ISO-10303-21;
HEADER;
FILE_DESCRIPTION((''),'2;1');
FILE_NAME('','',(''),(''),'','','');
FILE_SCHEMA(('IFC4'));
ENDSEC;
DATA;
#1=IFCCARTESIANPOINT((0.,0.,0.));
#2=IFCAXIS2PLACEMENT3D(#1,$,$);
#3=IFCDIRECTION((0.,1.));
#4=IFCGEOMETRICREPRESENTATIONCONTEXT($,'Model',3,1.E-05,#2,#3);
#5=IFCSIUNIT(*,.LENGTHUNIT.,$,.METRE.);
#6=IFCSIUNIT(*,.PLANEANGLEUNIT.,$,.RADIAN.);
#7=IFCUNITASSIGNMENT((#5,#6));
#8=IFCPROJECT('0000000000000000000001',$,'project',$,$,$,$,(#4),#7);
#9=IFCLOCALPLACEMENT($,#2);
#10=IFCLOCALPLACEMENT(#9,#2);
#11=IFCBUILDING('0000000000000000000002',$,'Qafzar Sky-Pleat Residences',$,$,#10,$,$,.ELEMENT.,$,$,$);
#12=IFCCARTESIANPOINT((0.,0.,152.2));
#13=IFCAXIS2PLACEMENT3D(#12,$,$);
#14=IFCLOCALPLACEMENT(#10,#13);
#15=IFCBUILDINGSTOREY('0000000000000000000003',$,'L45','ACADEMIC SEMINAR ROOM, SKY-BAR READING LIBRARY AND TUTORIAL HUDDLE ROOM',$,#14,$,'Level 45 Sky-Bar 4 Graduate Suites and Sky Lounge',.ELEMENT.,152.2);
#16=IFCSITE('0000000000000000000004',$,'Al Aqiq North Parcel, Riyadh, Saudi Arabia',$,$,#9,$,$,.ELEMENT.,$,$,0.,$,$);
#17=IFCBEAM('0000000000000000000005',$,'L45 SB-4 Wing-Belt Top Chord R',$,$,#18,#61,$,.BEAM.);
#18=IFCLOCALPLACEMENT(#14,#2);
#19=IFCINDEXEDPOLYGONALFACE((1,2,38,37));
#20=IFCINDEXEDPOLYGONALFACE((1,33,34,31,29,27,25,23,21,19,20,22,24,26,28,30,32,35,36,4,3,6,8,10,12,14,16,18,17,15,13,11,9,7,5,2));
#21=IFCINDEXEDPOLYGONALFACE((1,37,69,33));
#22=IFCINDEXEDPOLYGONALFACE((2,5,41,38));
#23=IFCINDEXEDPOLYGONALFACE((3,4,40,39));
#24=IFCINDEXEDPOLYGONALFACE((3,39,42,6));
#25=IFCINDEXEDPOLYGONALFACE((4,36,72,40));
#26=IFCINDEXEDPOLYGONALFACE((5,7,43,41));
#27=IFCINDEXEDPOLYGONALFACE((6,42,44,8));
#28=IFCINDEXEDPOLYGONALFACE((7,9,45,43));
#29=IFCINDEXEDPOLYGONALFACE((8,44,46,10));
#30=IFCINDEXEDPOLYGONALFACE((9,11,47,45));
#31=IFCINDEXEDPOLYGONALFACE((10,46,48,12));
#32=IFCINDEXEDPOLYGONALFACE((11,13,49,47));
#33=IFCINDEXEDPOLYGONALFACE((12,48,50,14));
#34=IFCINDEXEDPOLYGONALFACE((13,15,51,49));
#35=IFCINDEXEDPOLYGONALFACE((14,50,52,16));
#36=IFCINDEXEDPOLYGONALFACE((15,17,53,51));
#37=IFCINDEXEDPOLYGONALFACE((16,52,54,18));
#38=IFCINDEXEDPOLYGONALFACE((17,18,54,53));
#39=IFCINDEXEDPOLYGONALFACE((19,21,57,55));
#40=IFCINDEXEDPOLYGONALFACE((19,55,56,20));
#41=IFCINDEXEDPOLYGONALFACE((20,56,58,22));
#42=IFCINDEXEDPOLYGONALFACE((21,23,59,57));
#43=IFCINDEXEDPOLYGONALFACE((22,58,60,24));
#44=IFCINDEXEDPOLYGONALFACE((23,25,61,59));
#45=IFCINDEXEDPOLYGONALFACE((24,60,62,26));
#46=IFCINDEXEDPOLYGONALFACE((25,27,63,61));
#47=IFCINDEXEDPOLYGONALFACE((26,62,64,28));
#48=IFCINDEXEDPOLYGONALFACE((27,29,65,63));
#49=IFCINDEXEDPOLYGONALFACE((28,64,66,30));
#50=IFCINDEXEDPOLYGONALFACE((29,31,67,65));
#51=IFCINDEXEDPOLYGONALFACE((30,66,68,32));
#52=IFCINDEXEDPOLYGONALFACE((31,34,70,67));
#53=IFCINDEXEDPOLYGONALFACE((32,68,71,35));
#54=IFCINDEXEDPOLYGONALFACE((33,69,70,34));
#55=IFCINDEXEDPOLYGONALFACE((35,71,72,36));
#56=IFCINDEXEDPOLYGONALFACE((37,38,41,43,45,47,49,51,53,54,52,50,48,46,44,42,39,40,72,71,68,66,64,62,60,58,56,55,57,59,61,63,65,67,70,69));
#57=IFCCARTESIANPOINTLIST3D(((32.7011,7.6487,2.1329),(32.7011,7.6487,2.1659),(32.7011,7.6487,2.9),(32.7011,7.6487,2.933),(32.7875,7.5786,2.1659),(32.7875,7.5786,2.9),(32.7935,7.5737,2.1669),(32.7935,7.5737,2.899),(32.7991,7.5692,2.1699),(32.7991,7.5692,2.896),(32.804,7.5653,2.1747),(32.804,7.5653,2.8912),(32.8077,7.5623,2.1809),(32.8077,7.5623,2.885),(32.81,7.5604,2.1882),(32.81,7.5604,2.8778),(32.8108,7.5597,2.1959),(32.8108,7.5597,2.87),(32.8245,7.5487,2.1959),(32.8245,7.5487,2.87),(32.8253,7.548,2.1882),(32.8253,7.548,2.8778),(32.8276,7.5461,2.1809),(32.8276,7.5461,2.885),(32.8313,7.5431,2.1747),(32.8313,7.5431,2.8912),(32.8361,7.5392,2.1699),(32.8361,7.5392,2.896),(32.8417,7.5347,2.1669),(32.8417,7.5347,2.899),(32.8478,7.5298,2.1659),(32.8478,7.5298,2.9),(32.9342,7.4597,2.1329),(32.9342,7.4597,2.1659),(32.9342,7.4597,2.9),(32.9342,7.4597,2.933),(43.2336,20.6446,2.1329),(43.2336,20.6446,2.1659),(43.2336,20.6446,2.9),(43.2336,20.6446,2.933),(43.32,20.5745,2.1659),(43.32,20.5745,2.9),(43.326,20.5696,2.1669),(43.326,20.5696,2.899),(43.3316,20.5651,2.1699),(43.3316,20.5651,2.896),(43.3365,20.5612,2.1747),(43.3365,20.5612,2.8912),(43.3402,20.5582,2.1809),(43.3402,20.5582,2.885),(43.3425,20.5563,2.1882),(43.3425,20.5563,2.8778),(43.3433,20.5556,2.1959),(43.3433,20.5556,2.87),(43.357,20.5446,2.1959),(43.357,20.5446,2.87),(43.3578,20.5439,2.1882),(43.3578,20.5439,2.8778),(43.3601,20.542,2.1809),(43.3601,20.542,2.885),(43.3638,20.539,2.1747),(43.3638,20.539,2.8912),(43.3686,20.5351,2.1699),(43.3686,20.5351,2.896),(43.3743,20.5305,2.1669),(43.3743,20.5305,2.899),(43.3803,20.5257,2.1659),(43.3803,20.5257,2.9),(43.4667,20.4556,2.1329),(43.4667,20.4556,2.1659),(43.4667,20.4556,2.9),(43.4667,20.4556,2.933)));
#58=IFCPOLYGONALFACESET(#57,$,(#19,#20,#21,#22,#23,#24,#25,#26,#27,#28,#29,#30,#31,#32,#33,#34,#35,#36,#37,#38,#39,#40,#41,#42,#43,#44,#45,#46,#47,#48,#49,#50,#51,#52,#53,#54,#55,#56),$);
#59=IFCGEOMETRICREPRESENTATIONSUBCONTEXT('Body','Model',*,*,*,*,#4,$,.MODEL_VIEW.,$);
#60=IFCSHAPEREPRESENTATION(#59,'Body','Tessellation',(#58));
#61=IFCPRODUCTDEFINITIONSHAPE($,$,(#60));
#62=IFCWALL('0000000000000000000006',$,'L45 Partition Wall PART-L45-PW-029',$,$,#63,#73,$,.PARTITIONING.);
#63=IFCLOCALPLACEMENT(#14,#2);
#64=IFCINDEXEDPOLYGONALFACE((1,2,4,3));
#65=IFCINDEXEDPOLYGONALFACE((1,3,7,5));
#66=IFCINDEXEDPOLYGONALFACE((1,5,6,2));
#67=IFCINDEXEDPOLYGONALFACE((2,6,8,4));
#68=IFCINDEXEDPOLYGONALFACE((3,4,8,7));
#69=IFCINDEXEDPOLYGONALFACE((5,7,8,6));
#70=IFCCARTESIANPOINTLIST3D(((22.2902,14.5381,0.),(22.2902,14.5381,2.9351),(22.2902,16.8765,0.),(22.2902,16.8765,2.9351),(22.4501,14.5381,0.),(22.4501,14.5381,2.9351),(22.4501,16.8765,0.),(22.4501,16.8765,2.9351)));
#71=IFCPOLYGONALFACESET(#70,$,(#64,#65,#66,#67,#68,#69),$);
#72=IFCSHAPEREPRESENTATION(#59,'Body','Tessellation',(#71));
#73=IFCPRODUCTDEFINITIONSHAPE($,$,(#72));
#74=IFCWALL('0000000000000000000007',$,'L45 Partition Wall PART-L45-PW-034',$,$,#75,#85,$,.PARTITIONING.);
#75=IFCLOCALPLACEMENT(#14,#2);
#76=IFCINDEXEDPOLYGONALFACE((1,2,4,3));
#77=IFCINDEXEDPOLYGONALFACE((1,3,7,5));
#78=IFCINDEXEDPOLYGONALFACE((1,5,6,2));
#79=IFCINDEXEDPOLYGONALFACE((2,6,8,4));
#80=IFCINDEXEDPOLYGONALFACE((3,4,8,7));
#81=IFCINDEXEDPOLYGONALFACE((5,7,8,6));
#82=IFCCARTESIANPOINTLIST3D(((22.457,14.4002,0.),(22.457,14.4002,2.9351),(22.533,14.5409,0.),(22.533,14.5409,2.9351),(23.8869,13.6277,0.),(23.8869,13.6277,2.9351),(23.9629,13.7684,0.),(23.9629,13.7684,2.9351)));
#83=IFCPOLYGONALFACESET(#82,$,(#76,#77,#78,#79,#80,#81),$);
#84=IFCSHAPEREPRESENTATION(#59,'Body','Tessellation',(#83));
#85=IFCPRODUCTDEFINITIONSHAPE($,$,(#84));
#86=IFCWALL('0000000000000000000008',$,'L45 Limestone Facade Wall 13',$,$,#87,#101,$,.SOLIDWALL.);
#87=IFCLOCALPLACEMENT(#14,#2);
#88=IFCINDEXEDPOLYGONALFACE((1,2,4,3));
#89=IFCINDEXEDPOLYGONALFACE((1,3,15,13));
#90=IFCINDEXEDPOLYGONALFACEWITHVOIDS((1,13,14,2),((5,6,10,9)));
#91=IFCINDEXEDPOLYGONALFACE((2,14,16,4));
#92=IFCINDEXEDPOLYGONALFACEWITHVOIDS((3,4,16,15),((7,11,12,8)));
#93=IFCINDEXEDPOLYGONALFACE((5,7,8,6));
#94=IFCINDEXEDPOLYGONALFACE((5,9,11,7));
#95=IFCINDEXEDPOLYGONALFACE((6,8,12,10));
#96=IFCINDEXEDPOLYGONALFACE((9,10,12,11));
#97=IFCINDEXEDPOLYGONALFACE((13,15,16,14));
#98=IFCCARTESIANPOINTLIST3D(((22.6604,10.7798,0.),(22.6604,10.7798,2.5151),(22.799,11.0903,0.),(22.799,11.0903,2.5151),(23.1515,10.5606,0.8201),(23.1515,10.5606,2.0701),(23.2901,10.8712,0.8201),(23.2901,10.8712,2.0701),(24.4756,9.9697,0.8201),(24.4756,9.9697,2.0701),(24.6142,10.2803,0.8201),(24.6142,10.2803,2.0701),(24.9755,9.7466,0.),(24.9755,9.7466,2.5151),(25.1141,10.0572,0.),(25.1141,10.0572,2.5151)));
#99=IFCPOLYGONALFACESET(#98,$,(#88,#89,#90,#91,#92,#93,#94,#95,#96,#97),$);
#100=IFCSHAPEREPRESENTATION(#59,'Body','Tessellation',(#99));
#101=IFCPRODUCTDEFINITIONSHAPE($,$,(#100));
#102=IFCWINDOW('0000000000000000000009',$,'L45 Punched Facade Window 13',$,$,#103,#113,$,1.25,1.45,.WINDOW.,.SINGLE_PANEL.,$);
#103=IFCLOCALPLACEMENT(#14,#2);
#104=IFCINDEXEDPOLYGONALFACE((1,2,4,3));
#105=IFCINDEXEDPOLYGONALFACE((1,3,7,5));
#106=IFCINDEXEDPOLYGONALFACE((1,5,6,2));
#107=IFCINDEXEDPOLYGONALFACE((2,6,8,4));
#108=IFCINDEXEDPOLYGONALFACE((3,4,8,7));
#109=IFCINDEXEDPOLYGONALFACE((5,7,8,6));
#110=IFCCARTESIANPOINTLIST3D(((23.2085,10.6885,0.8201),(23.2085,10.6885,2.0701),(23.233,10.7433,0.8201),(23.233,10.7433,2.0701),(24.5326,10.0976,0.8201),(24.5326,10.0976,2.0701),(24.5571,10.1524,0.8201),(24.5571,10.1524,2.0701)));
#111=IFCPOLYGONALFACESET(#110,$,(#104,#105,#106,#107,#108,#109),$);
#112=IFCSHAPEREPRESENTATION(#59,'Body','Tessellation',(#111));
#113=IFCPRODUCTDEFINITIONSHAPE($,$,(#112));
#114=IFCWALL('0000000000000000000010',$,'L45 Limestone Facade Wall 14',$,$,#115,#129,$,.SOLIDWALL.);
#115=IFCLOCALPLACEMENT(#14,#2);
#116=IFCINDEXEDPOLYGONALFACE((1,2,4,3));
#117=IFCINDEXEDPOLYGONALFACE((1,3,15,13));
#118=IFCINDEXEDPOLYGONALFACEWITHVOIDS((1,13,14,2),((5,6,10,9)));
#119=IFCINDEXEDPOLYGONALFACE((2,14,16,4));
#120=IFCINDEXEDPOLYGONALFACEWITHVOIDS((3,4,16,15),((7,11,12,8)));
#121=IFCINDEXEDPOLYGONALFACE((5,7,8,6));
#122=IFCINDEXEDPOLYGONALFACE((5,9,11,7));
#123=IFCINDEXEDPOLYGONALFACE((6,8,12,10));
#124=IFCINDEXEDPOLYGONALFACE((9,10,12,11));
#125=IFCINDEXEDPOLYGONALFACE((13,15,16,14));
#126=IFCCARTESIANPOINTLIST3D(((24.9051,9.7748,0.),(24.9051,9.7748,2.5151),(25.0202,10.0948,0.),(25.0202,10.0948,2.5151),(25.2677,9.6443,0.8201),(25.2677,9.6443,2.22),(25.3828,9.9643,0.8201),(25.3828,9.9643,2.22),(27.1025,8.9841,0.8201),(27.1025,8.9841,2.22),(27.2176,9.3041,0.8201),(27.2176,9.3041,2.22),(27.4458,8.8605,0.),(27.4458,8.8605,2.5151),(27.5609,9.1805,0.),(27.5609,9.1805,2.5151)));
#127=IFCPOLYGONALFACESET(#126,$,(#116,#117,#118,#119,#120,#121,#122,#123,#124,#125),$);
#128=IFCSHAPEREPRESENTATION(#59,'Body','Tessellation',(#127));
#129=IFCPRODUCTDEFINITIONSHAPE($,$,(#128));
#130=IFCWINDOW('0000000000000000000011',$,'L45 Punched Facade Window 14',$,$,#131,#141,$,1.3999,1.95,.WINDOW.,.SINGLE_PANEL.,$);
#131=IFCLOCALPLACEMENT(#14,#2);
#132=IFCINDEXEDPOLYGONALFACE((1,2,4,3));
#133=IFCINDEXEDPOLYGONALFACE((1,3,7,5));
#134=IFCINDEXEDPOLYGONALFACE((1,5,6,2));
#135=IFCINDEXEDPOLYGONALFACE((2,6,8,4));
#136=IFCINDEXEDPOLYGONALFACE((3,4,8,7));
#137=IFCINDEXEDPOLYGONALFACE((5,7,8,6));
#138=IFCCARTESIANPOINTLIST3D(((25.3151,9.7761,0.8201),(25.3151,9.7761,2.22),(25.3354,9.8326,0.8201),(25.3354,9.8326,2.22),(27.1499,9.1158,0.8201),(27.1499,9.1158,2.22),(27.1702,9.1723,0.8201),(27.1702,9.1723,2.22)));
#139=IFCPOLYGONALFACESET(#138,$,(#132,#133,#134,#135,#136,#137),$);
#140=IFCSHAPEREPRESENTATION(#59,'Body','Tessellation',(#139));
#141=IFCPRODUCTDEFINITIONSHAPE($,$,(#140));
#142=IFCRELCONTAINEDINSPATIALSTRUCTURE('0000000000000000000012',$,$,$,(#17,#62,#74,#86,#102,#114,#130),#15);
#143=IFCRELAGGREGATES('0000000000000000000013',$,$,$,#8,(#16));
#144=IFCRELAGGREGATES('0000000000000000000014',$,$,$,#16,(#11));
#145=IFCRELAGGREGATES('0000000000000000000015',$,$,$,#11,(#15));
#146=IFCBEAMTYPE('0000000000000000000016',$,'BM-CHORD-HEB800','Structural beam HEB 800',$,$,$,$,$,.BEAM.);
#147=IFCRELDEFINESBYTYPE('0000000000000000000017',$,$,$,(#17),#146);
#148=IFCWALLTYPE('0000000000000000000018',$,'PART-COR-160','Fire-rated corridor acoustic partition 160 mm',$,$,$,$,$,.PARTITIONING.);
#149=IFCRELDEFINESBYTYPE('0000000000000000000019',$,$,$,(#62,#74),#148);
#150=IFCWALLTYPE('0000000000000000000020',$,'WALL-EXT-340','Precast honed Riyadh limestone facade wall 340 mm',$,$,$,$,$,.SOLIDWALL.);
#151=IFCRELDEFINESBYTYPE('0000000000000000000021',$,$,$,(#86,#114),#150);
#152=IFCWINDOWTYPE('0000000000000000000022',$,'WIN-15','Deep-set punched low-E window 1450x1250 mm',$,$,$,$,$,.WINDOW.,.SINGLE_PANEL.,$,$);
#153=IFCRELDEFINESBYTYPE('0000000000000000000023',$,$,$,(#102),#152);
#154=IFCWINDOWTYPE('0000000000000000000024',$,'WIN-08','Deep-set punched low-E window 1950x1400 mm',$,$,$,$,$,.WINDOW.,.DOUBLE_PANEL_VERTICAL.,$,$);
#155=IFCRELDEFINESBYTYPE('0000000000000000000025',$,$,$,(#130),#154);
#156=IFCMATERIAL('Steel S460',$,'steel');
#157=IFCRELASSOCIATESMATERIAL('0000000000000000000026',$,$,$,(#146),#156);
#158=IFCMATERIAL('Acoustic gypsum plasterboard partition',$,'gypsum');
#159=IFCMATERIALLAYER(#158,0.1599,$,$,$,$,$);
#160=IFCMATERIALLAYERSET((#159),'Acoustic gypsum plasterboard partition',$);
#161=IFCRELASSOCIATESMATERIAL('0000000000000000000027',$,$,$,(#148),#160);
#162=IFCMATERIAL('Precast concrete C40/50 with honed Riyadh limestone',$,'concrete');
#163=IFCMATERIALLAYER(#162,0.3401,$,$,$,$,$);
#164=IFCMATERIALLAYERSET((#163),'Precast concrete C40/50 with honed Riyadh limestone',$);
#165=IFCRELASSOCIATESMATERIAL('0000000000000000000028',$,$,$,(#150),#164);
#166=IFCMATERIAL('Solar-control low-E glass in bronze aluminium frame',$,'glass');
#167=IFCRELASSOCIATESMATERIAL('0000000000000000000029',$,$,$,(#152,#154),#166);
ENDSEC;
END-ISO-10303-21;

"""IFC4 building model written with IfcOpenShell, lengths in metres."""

from ifc_helpers import new_model, si_unit, direction, frame, frame_2d, origin, origin_2d, place, context, subcontext, project, spatial, rectangle, i_section, extrude, source, transform, mapped, material, layer, layer_set, material_profile, profile_set, type_object, element, fill, save


model = new_model("IFC4")

# Units and contexts
model_context = context("Model", 3, precision=1e-05, world=origin(), true_north=direction((0.0, 1.0)))
body_context = subcontext(model_context, "Body", "Model", "MODEL_VIEW")
ifc_project = project(units=[si_unit("LENGTHUNIT", "METRE"), si_unit("PLANEANGLEUNIT", "RADIAN")], contexts=[model_context])

# Site, building, storey
site_placement = place(None, origin())
site = spatial("IfcSite", under=ifc_project, at=site_placement, Name="Al Aqiq North Parcel, Riyadh, Saudi Arabia", CompositionType="ELEMENT", RefElevation=0.0)
building_placement = place(site_placement, origin())
building = spatial("IfcBuilding", under=site, at=building_placement, Name="Qafzar Sky-Pleat Residences", CompositionType="ELEMENT")
storey_placement = place(building_placement, frame((0.0, 0.0, 152.2)))
storey = spatial("IfcBuildingStorey", under=building, at=storey_placement, Name="L45", Description="ACADEMIC SEMINAR ROOM, SKY-BAR READING LIBRARY AND TUTORIAL HUDDLE ROOM", LongName="Level 45 Sky-Bar 4 Graduate Suites and Sky Lounge", CompositionType="ELEMENT", Elevation=152.2)

# Beam
ifc_material_1 = material(Name="Steel S460", Category="steel")
ifc_material_profile_1 = material_profile(ifc_material_1, i_section(OverallWidth=0.3, OverallDepth=0.8, WebThickness=0.0176, FlangeThickness=0.033, FilletRadius=0.03, at=origin_2d()), Name="HEB 800")
ifc_profile_set_1 = profile_set([ifc_material_profile_1], Name="Steel S460")
beam_type_1 = type_object("IfcBeamType", Name="BM-CHORD-HEB800", Description="Structural beam HEB 800", PredefinedType="BEAM", material=ifc_profile_set_1)
shared_shape_1 = source(origin(), body_context, "Body", "SweptSolid", [
    extrude(i_section(OverallWidth=0.3, OverallDepth=0.8, WebThickness=0.0176, FlangeThickness=0.033, FilletRadius=0.03, at=origin_2d()), origin(), (0.0, 0.0, 1.0), 16.728),
])
beam_1_placement = place(storey_placement, frame((32.8176, 7.5542, 2.533), z_axis=(0.629632, 0.776893, 0.0), x_axis=(-0.776893, 0.629632, 0.0)))
element("IfcBeam", 1, at=beam_1_placement, inside=storey, type_object=beam_type_1, Name="L45 SB-4 Wing-Belt Top Chord R", PredefinedType="BEAM", context=body_context, shape_type="MappedRepresentation", body=[
    mapped(shared_shape_1, transform((0.0, 0.0, 0.0), x_axis=(1.0, 0.0, 0.0), y_axis=(0.0, 1.0, 0.0), z_axis=(0.0, 0.0, 1.0), scale=1.0)),
])

# Walls
ifc_material_2 = material(Name="Acoustic gypsum plasterboard partition", Category="gypsum")
ifc_layer_1 = layer(ifc_material_2, 0.1599)
ifc_layer_set_1 = layer_set([ifc_layer_1], Name="Acoustic gypsum plasterboard partition")
wall_type_1 = type_object("IfcWallType", Name="PART-COR-160", Description="Fire-rated corridor acoustic partition 160 mm", PredefinedType="PARTITIONING", material=ifc_layer_set_1)
wall_1_placement = place(storey_placement, frame((22.3701, 14.5381, 0.0), z_axis=(0.0, 0.0, 1.0), x_axis=(0.0, 1.0, 0.0)))
element("IfcWall", 2, at=wall_1_placement, inside=storey, type_object=wall_type_1, Name="L45 Partition Wall PART-L45-PW-029", PredefinedType="PARTITIONING", context=body_context, shape_type="SweptSolid", body=[
    extrude(rectangle(XDim=2.3384, YDim=0.1599, at=frame_2d((1.1692, 0.0))), origin(), (0.0, 0.0, 1.0), 2.9351),
])
wall_2_placement = place(storey_placement, frame((22.4951, 14.4705, 0.0), z_axis=(0.0, 0.0, 1.0), x_axis=(0.879829, -0.475291, 0.0)))
element("IfcWall", 3, at=wall_2_placement, inside=storey, type_object=wall_type_1, Name="L45 Partition Wall PART-L45-PW-034", PredefinedType="PARTITIONING", context=body_context, shape_type="SweptSolid", body=[
    extrude(rectangle(XDim=1.6252, YDim=0.1599, at=frame_2d((0.8125, 0.0))), origin(), (0.0, 0.0, 1.0), 2.9351),
])

# Walls, openings, windows
ifc_material_3 = material(Name="Precast concrete C40/50 with honed Riyadh limestone", Category="concrete")
ifc_layer_2 = layer(ifc_material_3, 0.3401)
ifc_layer_set_2 = layer_set([ifc_layer_2], Name="Precast concrete C40/50 with honed Riyadh limestone")
wall_type_2 = type_object("IfcWallType", Name="WALL-EXT-340", Description="Precast honed Riyadh limestone facade wall 340 mm", PredefinedType="SOLIDWALL", material=ifc_layer_set_2)
wall_3_placement = place(storey_placement, frame((22.7297, 10.9351, 0.0), z_axis=(0.0, 0.0, 1.0), x_axis=(0.913191, -0.407532, 0.0)))
wall_3 = element("IfcWall", 4, at=wall_3_placement, inside=storey, type_object=wall_type_2, Name="L45 Limestone Facade Wall 13", PredefinedType="SOLIDWALL", context=body_context, shape_type="SweptSolid", body=[
    extrude(rectangle(XDim=2.5352, YDim=0.3401, at=frame_2d((1.2676, 0.0))), origin(), (0.0, 0.0, 1.0), 2.5151),
])
opening_1_placement = place(wall_3_placement, frame((0.5376, 0.0, 0.8201)))
opening_1 = element("IfcOpeningElement", 5, at=opening_1_placement, cuts=wall_3, PredefinedType="OPENING", context=body_context, shape_type="SweptSolid", body=[
    extrude(rectangle(XDim=1.45, YDim=1.25, at=frame_2d((0.7251, 0.625))), frame((0.0, 0.1802, 0.0), z_axis=(0.0, -1.0, 0.0), x_axis=(1.0, 0.0, 0.0)), (0.0, 0.0, 1.0), 0.3601),
])
ifc_material_4 = material(Name="Solar-control low-E glass in bronze aluminium frame", Category="glass")
window_type_1 = type_object("IfcWindowType", Name="WIN-15", Description="Deep-set punched low-E window 1450x1250 mm", PartitioningType="SINGLE_PANEL", PredefinedType="WINDOW", material=ifc_material_4)
shared_shape_2 = source(origin(), body_context, "Body", "SweptSolid", [
    extrude(rectangle(XDim=1.45, YDim=1.25, at=frame_2d((0.7251, 0.625))), frame((0.0, 0.03, 0.0), z_axis=(0.0, -1.0, 0.0), x_axis=(1.0, 0.0, 0.0)), (0.0, 0.0, 1.0), 0.0601),
])
window_1_placement = place(opening_1_placement, origin())
window_1 = element("IfcWindow", 6, at=window_1_placement, inside=storey, type_object=window_type_1, Name="L45 Punched Facade Window 13", OverallHeight=1.25, OverallWidth=1.45, PartitioningType="SINGLE_PANEL", PredefinedType="WINDOW", context=body_context, shape_type="MappedRepresentation", body=[
    mapped(shared_shape_2, transform((0.0, 0.0, 0.0), x_axis=(1.0, 0.0, 0.0), y_axis=(0.0, 1.0, 0.0), z_axis=(0.0, 0.0, 1.0), scale=1.0)),
])
fill(opening_1, window_1)
wall_4_placement = place(storey_placement, frame((24.9626, 9.9348, 0.0), z_axis=(0.0, 0.0, 1.0), x_axis=(0.940931, -0.338598, 0.0)))
wall_4 = element("IfcWall", 7, at=wall_4_placement, inside=storey, type_object=wall_type_2, Name="L45 Limestone Facade Wall 14", PredefinedType="SOLIDWALL", context=body_context, shape_type="SweptSolid", body=[
    extrude(rectangle(XDim=2.7002, YDim=0.3401, at=frame_2d((1.3501, 0.0))), origin(), (0.0, 0.0, 1.0), 2.5151),
])
opening_2_placement = place(wall_4_placement, frame((0.3853, 0.0, 0.8201)))
opening_2 = element("IfcOpeningElement", 8, at=opening_2_placement, cuts=wall_4, PredefinedType="OPENING", context=body_context, shape_type="SweptSolid", body=[
    extrude(rectangle(XDim=1.95, YDim=1.3999, at=frame_2d((0.9751, 0.7))), frame((0.0, 0.1802, 0.0), z_axis=(0.0, -1.0, 0.0), x_axis=(1.0, 0.0, 0.0)), (0.0, 0.0, 1.0), 0.3601),
])
window_type_2 = type_object("IfcWindowType", Name="WIN-08", Description="Deep-set punched low-E window 1950x1400 mm", PartitioningType="DOUBLE_PANEL_VERTICAL", PredefinedType="WINDOW", material=ifc_material_4)
shared_shape_3 = source(origin(), body_context, "Body", "SweptSolid", [
    extrude(rectangle(XDim=1.95, YDim=1.3999, at=frame_2d((0.9751, 0.7))), frame((0.0, 0.03, 0.0), z_axis=(0.0, -1.0, 0.0), x_axis=(1.0, 0.0, 0.0)), (0.0, 0.0, 1.0), 0.0601),
])
window_2_placement = place(opening_2_placement, origin())
window_2 = element("IfcWindow", 9, at=window_2_placement, inside=storey, type_object=window_type_2, Name="L45 Punched Facade Window 14", OverallHeight=1.3999, OverallWidth=1.95, PartitioningType="SINGLE_PANEL", PredefinedType="WINDOW", context=body_context, shape_type="MappedRepresentation", body=[
    mapped(shared_shape_3, transform((0.0, 0.0, 0.0), x_axis=(1.0, 0.0, 0.0), y_axis=(0.0, 1.0, 0.0), z_axis=(0.0, 0.0, 1.0), scale=1.0)),
])
fill(opening_2, window_2)

save(model, "model.ifc")
